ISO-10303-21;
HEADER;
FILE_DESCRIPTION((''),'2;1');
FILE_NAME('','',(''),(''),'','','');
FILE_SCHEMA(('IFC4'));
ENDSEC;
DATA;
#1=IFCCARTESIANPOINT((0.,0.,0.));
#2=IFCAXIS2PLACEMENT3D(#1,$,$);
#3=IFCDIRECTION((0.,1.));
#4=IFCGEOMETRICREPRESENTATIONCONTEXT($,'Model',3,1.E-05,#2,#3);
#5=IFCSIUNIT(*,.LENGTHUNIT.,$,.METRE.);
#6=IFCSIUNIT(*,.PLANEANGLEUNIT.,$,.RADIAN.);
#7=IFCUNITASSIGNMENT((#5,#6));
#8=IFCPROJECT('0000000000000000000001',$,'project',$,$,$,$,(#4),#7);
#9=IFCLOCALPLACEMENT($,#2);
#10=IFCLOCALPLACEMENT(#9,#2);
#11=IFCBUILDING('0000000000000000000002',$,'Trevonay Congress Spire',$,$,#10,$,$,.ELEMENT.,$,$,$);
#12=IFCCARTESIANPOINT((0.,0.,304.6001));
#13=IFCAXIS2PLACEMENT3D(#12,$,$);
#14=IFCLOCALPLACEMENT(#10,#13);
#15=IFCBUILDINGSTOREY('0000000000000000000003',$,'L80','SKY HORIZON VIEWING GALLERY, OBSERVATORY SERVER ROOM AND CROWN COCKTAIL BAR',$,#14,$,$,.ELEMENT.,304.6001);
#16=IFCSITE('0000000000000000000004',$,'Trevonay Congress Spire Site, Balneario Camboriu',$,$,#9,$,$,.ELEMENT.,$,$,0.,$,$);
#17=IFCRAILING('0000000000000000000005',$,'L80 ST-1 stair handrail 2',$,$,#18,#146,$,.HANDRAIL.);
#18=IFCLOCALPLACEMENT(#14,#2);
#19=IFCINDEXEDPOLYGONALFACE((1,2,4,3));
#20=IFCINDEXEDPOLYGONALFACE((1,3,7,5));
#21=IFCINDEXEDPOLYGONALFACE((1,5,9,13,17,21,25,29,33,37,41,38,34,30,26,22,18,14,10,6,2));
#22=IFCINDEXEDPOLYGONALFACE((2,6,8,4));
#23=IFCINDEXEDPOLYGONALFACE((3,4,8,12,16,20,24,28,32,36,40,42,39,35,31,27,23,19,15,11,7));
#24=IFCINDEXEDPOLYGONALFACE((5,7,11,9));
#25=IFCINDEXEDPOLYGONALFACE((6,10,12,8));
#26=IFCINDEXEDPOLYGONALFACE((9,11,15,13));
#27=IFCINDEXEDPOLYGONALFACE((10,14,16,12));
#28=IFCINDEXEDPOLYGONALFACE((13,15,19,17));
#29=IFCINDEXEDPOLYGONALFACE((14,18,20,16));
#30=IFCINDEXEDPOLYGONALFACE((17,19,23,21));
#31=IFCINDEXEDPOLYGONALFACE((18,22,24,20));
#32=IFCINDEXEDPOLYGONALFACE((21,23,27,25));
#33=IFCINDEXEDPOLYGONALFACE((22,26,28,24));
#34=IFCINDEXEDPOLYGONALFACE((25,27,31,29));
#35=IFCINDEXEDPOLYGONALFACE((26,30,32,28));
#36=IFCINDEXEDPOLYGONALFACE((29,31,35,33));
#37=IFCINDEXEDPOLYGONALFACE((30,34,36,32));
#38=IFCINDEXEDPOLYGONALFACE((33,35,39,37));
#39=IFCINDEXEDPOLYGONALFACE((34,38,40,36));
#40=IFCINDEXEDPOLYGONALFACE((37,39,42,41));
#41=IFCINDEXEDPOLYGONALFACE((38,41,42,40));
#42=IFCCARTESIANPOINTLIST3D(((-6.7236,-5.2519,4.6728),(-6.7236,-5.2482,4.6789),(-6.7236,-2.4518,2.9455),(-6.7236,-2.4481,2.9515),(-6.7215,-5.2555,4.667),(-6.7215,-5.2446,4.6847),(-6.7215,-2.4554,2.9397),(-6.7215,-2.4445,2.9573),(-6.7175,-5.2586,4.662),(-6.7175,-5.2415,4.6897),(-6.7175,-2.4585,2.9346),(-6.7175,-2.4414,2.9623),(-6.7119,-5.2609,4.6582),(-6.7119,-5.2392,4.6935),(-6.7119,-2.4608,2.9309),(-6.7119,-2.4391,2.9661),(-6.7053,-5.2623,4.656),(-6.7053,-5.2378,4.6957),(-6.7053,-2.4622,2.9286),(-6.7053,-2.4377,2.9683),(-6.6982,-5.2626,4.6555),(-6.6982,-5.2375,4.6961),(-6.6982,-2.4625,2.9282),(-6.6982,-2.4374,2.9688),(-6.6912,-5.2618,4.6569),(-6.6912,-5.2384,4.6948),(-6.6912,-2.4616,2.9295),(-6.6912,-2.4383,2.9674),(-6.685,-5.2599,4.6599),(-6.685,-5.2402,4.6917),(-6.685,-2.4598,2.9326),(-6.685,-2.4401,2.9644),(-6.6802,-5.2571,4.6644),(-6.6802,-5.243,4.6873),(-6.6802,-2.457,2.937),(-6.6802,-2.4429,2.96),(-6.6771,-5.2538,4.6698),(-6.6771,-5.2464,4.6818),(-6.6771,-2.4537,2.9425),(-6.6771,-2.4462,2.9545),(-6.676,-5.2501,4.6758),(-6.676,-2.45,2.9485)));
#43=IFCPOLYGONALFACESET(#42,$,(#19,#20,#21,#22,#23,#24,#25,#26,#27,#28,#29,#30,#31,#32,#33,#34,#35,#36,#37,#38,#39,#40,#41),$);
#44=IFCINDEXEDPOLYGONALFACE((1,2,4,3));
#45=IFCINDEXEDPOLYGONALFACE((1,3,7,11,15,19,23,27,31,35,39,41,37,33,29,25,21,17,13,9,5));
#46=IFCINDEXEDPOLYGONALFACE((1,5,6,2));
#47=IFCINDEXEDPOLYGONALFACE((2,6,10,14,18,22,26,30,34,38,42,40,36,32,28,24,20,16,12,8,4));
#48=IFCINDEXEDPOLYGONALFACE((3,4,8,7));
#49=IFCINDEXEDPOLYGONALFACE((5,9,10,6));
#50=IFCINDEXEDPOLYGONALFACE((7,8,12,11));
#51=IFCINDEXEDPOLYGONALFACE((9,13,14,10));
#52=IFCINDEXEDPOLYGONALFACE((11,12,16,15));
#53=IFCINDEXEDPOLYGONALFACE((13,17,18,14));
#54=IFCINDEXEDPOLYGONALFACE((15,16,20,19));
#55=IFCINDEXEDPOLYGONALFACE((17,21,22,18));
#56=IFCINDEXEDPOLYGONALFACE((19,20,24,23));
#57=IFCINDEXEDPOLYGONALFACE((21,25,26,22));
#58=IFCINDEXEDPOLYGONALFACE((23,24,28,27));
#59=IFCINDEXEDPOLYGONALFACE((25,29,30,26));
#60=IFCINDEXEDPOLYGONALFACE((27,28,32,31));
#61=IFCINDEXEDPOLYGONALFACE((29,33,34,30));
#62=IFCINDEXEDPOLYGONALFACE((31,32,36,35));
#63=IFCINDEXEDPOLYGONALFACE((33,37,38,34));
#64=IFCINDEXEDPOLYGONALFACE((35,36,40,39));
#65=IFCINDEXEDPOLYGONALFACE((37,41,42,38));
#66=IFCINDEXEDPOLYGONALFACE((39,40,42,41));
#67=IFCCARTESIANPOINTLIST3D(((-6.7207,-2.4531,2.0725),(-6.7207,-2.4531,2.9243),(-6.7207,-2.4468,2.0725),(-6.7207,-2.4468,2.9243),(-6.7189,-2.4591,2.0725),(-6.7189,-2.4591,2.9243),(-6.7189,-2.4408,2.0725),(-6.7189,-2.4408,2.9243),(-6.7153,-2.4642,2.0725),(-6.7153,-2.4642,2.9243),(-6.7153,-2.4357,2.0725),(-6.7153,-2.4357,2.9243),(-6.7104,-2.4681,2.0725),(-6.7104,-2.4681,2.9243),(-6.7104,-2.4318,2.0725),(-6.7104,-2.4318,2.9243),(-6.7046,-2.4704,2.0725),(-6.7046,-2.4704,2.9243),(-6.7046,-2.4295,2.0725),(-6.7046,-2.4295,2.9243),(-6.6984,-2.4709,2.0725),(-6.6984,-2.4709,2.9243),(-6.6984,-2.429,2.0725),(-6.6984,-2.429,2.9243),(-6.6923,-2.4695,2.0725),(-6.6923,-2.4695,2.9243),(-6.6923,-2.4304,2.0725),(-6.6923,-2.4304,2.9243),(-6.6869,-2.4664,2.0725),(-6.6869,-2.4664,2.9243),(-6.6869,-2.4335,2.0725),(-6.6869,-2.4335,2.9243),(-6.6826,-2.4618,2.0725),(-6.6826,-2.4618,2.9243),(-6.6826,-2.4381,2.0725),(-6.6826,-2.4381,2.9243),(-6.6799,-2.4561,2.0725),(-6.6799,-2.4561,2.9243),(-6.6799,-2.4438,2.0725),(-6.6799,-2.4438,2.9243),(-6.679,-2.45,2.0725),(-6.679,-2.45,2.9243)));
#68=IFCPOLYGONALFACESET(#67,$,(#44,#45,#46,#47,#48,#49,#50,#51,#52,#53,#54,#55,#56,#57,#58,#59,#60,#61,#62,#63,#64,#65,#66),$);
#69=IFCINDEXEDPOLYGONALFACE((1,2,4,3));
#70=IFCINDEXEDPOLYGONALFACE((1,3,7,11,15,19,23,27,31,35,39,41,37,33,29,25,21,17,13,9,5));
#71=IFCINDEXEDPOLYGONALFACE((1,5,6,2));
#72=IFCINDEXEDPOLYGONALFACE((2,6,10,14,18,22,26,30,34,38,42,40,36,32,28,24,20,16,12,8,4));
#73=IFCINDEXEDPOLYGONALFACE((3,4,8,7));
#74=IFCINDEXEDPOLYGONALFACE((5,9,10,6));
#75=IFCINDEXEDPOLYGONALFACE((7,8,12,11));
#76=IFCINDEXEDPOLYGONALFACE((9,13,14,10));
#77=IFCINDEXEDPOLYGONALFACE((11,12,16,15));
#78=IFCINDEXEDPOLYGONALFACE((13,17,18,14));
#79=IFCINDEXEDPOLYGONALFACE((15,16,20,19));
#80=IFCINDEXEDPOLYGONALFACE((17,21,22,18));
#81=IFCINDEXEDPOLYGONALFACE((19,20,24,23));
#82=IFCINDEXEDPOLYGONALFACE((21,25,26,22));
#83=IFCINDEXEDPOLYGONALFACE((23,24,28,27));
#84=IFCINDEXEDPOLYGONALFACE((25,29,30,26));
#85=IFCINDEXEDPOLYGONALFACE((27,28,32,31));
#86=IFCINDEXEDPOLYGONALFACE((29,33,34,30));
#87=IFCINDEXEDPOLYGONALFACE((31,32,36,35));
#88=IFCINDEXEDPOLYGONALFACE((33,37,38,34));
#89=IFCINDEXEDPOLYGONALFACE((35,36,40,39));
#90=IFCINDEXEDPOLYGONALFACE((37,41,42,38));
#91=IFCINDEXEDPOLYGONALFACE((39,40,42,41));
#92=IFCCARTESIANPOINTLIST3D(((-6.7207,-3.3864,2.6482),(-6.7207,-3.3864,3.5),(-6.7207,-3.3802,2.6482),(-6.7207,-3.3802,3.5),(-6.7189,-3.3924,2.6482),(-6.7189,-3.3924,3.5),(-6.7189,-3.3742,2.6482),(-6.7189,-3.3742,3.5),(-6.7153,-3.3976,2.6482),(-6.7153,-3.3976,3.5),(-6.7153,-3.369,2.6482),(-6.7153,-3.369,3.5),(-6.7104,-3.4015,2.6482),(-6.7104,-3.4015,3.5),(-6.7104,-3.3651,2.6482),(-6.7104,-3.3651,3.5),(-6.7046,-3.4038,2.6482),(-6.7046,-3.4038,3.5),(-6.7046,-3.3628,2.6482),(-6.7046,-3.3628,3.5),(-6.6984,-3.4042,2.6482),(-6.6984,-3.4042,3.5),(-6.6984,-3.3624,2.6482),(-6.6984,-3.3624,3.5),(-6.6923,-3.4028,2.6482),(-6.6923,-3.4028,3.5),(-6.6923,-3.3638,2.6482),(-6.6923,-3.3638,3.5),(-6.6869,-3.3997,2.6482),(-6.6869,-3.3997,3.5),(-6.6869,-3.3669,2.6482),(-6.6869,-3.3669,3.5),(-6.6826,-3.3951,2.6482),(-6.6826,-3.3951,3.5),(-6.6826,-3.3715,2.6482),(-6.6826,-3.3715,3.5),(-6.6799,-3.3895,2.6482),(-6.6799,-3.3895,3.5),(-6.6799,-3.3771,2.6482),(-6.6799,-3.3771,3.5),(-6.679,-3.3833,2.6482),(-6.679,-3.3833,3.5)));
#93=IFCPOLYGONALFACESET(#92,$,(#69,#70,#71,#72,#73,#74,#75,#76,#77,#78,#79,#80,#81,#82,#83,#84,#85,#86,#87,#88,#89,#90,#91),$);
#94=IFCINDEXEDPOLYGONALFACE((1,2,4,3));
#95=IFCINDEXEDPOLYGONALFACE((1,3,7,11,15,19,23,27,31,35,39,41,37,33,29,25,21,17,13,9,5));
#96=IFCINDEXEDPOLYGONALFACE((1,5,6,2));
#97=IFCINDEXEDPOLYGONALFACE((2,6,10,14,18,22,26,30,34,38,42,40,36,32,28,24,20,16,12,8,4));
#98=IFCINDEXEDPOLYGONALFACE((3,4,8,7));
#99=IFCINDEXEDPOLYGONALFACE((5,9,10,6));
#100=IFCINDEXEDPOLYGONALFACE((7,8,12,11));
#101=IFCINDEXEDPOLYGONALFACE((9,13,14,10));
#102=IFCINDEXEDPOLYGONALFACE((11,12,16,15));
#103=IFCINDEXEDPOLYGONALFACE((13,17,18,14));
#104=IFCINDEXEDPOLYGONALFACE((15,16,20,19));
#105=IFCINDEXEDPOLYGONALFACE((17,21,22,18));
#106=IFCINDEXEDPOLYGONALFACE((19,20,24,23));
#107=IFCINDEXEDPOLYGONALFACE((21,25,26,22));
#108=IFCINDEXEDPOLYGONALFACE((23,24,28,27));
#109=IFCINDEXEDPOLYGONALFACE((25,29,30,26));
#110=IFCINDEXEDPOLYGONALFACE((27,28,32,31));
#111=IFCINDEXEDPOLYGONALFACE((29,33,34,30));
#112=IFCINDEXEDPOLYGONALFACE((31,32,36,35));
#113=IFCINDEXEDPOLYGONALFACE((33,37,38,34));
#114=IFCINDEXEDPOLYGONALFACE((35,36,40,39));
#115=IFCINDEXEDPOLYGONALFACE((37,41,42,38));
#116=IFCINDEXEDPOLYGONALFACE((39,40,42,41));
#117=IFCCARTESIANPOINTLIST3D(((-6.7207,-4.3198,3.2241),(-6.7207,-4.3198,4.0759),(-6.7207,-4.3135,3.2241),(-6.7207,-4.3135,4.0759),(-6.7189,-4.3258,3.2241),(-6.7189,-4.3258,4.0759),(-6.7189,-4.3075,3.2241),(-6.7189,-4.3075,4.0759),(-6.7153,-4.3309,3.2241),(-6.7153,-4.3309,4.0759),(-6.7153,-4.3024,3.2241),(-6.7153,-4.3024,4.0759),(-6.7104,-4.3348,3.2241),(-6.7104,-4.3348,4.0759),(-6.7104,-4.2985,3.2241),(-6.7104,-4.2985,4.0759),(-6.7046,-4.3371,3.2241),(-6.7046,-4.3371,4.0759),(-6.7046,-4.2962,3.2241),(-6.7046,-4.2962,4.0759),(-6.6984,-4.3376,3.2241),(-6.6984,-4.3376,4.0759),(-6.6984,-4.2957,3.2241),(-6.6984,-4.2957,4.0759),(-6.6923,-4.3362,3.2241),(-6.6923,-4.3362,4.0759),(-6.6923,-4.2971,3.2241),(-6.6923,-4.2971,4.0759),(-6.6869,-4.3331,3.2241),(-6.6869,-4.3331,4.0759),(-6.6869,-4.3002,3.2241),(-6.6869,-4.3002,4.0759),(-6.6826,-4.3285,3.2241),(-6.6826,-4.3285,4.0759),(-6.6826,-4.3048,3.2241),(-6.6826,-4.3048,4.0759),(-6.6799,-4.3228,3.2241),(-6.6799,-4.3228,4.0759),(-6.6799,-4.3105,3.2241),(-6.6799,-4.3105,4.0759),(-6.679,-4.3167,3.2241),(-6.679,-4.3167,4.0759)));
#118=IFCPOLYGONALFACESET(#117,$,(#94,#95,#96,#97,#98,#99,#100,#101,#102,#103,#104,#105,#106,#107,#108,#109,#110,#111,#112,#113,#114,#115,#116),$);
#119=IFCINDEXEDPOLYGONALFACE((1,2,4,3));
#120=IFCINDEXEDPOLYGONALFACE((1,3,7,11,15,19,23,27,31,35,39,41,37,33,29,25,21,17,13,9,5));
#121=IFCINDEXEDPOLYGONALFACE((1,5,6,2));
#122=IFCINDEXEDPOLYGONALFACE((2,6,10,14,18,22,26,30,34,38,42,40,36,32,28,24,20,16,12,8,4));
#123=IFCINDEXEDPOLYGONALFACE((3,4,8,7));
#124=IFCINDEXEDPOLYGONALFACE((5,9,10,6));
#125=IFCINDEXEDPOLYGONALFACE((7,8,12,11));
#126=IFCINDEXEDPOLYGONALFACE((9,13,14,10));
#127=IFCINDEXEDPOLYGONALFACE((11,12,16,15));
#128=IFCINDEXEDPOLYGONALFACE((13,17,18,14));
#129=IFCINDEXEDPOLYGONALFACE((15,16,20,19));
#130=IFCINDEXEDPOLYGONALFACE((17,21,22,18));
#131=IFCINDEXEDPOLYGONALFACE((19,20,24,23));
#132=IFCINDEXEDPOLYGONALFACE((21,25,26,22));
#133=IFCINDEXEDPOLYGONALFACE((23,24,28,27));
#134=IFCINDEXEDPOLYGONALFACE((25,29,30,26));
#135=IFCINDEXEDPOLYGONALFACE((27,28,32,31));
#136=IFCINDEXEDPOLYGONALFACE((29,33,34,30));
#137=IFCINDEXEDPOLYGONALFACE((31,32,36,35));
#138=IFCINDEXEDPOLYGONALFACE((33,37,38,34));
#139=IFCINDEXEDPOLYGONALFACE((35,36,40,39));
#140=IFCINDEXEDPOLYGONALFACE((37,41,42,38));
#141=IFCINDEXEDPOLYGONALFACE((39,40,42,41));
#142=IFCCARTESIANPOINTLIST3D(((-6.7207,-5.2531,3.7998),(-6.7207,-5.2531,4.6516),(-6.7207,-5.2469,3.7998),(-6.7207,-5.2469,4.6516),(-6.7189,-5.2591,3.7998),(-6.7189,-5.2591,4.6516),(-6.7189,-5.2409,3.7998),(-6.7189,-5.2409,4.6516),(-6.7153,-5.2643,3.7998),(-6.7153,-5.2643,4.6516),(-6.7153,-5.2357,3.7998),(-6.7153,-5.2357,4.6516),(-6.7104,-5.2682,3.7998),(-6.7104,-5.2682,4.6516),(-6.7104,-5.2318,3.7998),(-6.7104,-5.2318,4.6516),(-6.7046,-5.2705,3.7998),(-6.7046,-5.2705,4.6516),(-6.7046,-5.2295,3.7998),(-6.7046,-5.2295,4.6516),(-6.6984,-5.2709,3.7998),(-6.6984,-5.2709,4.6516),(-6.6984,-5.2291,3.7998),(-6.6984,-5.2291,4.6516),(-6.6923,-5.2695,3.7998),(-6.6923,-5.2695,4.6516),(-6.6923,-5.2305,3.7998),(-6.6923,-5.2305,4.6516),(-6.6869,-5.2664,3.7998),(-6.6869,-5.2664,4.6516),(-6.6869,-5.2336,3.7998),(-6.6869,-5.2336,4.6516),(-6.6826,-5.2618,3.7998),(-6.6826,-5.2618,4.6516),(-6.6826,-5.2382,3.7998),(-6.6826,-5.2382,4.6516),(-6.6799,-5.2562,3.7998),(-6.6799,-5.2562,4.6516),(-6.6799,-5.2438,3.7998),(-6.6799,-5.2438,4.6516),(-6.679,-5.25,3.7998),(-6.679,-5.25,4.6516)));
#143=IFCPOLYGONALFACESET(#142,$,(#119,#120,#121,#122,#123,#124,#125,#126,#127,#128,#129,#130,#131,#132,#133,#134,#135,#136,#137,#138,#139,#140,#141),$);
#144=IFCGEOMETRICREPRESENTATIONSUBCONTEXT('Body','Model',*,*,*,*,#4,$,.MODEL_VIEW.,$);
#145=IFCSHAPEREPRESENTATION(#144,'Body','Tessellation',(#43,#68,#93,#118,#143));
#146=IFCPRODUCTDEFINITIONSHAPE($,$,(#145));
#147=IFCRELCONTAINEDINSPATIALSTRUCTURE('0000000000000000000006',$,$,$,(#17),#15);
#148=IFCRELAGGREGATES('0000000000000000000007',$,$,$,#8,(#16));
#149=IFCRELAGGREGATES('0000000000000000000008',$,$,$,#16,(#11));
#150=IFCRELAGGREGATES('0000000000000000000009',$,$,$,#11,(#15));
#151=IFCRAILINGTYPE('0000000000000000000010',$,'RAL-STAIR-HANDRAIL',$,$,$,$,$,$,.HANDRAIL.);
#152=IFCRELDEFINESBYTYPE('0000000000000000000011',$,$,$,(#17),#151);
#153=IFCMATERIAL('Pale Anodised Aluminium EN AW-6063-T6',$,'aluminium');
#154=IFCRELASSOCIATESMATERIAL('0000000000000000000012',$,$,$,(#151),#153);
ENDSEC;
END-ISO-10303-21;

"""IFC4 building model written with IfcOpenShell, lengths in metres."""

from ifc_helpers import new_model, si_unit, direction, frame, origin, origin_2d, place, context, subcontext, project, spatial, circle, extrude, material, type_object, element, save


model = new_model("IFC4")

# Units and contexts
model_context = context("Model", 3, precision=1e-05, world=origin(), true_north=direction((0.0, 1.0)))
body_context = subcontext(model_context, "Body", "Model", "MODEL_VIEW")
ifc_project = project(units=[si_unit("LENGTHUNIT", "METRE"), si_unit("PLANEANGLEUNIT", "RADIAN")], contexts=[model_context])

# Site, building, storey
site_placement = place(None, origin())
site = spatial("IfcSite", under=ifc_project, at=site_placement, Name="Trevonay Congress Spire Site, Balneario Camboriu", CompositionType="ELEMENT", RefElevation=0.0)
building_placement = place(site_placement, origin())
building = spatial("IfcBuilding", under=site, at=building_placement, Name="Trevonay Congress Spire", CompositionType="ELEMENT")
storey_placement = place(building_placement, frame((0.0, 0.0, 304.6001)))
storey = spatial("IfcBuildingStorey", under=building, at=storey_placement, Name="L80", Description="SKY HORIZON VIEWING GALLERY, OBSERVATORY SERVER ROOM AND CROWN COCKTAIL BAR", CompositionType="ELEMENT", Elevation=304.6001)

# Shared definitions
ifc_material_1 = material(Name="Pale Anodised Aluminium EN AW-6063-T6", Category="aluminium")

# Railing
railing_type_1 = type_object("IfcRailingType", Name="RAL-STAIR-HANDRAIL", PredefinedType="HANDRAIL", material=ifc_material_1)
railing_1_placement = place(storey_placement, frame((-6.7, -2.45, 2.0725)))
element("IfcRailing", 1, at=railing_1_placement, inside=storey, type_object=railing_type_1, Name="L80 ST-1 stair handrail 2", PredefinedType="HANDRAIL", context=body_context, shape_type="SweptSolid", body=[
    extrude(circle(Radius=0.0239, at=origin_2d()), frame((0.0, 0.0, 0.876), z_axis=(0.0, -0.85109, 0.52502), x_axis=(1.0, 0.0, 0.0)), (0.0, 0.0, 1.0), 3.29),
    extrude(circle(Radius=0.021, at=origin_2d()), origin(), (0.0, 0.0, 1.0), 0.8518),
    extrude(circle(Radius=0.021, at=origin_2d()), frame((0.0, -0.9333, 0.5757)), (0.0, 0.0, 1.0), 0.8518),
    extrude(circle(Radius=0.021, at=origin_2d()), frame((0.0, -1.8667, 1.1516)), (0.0, 0.0, 1.0), 0.8518),
    extrude(circle(Radius=0.021, at=origin_2d()), frame((0.0, -2.8, 1.7273)), (0.0, 0.0, 1.0), 0.8518),
])

save(model, "model.ifc")
